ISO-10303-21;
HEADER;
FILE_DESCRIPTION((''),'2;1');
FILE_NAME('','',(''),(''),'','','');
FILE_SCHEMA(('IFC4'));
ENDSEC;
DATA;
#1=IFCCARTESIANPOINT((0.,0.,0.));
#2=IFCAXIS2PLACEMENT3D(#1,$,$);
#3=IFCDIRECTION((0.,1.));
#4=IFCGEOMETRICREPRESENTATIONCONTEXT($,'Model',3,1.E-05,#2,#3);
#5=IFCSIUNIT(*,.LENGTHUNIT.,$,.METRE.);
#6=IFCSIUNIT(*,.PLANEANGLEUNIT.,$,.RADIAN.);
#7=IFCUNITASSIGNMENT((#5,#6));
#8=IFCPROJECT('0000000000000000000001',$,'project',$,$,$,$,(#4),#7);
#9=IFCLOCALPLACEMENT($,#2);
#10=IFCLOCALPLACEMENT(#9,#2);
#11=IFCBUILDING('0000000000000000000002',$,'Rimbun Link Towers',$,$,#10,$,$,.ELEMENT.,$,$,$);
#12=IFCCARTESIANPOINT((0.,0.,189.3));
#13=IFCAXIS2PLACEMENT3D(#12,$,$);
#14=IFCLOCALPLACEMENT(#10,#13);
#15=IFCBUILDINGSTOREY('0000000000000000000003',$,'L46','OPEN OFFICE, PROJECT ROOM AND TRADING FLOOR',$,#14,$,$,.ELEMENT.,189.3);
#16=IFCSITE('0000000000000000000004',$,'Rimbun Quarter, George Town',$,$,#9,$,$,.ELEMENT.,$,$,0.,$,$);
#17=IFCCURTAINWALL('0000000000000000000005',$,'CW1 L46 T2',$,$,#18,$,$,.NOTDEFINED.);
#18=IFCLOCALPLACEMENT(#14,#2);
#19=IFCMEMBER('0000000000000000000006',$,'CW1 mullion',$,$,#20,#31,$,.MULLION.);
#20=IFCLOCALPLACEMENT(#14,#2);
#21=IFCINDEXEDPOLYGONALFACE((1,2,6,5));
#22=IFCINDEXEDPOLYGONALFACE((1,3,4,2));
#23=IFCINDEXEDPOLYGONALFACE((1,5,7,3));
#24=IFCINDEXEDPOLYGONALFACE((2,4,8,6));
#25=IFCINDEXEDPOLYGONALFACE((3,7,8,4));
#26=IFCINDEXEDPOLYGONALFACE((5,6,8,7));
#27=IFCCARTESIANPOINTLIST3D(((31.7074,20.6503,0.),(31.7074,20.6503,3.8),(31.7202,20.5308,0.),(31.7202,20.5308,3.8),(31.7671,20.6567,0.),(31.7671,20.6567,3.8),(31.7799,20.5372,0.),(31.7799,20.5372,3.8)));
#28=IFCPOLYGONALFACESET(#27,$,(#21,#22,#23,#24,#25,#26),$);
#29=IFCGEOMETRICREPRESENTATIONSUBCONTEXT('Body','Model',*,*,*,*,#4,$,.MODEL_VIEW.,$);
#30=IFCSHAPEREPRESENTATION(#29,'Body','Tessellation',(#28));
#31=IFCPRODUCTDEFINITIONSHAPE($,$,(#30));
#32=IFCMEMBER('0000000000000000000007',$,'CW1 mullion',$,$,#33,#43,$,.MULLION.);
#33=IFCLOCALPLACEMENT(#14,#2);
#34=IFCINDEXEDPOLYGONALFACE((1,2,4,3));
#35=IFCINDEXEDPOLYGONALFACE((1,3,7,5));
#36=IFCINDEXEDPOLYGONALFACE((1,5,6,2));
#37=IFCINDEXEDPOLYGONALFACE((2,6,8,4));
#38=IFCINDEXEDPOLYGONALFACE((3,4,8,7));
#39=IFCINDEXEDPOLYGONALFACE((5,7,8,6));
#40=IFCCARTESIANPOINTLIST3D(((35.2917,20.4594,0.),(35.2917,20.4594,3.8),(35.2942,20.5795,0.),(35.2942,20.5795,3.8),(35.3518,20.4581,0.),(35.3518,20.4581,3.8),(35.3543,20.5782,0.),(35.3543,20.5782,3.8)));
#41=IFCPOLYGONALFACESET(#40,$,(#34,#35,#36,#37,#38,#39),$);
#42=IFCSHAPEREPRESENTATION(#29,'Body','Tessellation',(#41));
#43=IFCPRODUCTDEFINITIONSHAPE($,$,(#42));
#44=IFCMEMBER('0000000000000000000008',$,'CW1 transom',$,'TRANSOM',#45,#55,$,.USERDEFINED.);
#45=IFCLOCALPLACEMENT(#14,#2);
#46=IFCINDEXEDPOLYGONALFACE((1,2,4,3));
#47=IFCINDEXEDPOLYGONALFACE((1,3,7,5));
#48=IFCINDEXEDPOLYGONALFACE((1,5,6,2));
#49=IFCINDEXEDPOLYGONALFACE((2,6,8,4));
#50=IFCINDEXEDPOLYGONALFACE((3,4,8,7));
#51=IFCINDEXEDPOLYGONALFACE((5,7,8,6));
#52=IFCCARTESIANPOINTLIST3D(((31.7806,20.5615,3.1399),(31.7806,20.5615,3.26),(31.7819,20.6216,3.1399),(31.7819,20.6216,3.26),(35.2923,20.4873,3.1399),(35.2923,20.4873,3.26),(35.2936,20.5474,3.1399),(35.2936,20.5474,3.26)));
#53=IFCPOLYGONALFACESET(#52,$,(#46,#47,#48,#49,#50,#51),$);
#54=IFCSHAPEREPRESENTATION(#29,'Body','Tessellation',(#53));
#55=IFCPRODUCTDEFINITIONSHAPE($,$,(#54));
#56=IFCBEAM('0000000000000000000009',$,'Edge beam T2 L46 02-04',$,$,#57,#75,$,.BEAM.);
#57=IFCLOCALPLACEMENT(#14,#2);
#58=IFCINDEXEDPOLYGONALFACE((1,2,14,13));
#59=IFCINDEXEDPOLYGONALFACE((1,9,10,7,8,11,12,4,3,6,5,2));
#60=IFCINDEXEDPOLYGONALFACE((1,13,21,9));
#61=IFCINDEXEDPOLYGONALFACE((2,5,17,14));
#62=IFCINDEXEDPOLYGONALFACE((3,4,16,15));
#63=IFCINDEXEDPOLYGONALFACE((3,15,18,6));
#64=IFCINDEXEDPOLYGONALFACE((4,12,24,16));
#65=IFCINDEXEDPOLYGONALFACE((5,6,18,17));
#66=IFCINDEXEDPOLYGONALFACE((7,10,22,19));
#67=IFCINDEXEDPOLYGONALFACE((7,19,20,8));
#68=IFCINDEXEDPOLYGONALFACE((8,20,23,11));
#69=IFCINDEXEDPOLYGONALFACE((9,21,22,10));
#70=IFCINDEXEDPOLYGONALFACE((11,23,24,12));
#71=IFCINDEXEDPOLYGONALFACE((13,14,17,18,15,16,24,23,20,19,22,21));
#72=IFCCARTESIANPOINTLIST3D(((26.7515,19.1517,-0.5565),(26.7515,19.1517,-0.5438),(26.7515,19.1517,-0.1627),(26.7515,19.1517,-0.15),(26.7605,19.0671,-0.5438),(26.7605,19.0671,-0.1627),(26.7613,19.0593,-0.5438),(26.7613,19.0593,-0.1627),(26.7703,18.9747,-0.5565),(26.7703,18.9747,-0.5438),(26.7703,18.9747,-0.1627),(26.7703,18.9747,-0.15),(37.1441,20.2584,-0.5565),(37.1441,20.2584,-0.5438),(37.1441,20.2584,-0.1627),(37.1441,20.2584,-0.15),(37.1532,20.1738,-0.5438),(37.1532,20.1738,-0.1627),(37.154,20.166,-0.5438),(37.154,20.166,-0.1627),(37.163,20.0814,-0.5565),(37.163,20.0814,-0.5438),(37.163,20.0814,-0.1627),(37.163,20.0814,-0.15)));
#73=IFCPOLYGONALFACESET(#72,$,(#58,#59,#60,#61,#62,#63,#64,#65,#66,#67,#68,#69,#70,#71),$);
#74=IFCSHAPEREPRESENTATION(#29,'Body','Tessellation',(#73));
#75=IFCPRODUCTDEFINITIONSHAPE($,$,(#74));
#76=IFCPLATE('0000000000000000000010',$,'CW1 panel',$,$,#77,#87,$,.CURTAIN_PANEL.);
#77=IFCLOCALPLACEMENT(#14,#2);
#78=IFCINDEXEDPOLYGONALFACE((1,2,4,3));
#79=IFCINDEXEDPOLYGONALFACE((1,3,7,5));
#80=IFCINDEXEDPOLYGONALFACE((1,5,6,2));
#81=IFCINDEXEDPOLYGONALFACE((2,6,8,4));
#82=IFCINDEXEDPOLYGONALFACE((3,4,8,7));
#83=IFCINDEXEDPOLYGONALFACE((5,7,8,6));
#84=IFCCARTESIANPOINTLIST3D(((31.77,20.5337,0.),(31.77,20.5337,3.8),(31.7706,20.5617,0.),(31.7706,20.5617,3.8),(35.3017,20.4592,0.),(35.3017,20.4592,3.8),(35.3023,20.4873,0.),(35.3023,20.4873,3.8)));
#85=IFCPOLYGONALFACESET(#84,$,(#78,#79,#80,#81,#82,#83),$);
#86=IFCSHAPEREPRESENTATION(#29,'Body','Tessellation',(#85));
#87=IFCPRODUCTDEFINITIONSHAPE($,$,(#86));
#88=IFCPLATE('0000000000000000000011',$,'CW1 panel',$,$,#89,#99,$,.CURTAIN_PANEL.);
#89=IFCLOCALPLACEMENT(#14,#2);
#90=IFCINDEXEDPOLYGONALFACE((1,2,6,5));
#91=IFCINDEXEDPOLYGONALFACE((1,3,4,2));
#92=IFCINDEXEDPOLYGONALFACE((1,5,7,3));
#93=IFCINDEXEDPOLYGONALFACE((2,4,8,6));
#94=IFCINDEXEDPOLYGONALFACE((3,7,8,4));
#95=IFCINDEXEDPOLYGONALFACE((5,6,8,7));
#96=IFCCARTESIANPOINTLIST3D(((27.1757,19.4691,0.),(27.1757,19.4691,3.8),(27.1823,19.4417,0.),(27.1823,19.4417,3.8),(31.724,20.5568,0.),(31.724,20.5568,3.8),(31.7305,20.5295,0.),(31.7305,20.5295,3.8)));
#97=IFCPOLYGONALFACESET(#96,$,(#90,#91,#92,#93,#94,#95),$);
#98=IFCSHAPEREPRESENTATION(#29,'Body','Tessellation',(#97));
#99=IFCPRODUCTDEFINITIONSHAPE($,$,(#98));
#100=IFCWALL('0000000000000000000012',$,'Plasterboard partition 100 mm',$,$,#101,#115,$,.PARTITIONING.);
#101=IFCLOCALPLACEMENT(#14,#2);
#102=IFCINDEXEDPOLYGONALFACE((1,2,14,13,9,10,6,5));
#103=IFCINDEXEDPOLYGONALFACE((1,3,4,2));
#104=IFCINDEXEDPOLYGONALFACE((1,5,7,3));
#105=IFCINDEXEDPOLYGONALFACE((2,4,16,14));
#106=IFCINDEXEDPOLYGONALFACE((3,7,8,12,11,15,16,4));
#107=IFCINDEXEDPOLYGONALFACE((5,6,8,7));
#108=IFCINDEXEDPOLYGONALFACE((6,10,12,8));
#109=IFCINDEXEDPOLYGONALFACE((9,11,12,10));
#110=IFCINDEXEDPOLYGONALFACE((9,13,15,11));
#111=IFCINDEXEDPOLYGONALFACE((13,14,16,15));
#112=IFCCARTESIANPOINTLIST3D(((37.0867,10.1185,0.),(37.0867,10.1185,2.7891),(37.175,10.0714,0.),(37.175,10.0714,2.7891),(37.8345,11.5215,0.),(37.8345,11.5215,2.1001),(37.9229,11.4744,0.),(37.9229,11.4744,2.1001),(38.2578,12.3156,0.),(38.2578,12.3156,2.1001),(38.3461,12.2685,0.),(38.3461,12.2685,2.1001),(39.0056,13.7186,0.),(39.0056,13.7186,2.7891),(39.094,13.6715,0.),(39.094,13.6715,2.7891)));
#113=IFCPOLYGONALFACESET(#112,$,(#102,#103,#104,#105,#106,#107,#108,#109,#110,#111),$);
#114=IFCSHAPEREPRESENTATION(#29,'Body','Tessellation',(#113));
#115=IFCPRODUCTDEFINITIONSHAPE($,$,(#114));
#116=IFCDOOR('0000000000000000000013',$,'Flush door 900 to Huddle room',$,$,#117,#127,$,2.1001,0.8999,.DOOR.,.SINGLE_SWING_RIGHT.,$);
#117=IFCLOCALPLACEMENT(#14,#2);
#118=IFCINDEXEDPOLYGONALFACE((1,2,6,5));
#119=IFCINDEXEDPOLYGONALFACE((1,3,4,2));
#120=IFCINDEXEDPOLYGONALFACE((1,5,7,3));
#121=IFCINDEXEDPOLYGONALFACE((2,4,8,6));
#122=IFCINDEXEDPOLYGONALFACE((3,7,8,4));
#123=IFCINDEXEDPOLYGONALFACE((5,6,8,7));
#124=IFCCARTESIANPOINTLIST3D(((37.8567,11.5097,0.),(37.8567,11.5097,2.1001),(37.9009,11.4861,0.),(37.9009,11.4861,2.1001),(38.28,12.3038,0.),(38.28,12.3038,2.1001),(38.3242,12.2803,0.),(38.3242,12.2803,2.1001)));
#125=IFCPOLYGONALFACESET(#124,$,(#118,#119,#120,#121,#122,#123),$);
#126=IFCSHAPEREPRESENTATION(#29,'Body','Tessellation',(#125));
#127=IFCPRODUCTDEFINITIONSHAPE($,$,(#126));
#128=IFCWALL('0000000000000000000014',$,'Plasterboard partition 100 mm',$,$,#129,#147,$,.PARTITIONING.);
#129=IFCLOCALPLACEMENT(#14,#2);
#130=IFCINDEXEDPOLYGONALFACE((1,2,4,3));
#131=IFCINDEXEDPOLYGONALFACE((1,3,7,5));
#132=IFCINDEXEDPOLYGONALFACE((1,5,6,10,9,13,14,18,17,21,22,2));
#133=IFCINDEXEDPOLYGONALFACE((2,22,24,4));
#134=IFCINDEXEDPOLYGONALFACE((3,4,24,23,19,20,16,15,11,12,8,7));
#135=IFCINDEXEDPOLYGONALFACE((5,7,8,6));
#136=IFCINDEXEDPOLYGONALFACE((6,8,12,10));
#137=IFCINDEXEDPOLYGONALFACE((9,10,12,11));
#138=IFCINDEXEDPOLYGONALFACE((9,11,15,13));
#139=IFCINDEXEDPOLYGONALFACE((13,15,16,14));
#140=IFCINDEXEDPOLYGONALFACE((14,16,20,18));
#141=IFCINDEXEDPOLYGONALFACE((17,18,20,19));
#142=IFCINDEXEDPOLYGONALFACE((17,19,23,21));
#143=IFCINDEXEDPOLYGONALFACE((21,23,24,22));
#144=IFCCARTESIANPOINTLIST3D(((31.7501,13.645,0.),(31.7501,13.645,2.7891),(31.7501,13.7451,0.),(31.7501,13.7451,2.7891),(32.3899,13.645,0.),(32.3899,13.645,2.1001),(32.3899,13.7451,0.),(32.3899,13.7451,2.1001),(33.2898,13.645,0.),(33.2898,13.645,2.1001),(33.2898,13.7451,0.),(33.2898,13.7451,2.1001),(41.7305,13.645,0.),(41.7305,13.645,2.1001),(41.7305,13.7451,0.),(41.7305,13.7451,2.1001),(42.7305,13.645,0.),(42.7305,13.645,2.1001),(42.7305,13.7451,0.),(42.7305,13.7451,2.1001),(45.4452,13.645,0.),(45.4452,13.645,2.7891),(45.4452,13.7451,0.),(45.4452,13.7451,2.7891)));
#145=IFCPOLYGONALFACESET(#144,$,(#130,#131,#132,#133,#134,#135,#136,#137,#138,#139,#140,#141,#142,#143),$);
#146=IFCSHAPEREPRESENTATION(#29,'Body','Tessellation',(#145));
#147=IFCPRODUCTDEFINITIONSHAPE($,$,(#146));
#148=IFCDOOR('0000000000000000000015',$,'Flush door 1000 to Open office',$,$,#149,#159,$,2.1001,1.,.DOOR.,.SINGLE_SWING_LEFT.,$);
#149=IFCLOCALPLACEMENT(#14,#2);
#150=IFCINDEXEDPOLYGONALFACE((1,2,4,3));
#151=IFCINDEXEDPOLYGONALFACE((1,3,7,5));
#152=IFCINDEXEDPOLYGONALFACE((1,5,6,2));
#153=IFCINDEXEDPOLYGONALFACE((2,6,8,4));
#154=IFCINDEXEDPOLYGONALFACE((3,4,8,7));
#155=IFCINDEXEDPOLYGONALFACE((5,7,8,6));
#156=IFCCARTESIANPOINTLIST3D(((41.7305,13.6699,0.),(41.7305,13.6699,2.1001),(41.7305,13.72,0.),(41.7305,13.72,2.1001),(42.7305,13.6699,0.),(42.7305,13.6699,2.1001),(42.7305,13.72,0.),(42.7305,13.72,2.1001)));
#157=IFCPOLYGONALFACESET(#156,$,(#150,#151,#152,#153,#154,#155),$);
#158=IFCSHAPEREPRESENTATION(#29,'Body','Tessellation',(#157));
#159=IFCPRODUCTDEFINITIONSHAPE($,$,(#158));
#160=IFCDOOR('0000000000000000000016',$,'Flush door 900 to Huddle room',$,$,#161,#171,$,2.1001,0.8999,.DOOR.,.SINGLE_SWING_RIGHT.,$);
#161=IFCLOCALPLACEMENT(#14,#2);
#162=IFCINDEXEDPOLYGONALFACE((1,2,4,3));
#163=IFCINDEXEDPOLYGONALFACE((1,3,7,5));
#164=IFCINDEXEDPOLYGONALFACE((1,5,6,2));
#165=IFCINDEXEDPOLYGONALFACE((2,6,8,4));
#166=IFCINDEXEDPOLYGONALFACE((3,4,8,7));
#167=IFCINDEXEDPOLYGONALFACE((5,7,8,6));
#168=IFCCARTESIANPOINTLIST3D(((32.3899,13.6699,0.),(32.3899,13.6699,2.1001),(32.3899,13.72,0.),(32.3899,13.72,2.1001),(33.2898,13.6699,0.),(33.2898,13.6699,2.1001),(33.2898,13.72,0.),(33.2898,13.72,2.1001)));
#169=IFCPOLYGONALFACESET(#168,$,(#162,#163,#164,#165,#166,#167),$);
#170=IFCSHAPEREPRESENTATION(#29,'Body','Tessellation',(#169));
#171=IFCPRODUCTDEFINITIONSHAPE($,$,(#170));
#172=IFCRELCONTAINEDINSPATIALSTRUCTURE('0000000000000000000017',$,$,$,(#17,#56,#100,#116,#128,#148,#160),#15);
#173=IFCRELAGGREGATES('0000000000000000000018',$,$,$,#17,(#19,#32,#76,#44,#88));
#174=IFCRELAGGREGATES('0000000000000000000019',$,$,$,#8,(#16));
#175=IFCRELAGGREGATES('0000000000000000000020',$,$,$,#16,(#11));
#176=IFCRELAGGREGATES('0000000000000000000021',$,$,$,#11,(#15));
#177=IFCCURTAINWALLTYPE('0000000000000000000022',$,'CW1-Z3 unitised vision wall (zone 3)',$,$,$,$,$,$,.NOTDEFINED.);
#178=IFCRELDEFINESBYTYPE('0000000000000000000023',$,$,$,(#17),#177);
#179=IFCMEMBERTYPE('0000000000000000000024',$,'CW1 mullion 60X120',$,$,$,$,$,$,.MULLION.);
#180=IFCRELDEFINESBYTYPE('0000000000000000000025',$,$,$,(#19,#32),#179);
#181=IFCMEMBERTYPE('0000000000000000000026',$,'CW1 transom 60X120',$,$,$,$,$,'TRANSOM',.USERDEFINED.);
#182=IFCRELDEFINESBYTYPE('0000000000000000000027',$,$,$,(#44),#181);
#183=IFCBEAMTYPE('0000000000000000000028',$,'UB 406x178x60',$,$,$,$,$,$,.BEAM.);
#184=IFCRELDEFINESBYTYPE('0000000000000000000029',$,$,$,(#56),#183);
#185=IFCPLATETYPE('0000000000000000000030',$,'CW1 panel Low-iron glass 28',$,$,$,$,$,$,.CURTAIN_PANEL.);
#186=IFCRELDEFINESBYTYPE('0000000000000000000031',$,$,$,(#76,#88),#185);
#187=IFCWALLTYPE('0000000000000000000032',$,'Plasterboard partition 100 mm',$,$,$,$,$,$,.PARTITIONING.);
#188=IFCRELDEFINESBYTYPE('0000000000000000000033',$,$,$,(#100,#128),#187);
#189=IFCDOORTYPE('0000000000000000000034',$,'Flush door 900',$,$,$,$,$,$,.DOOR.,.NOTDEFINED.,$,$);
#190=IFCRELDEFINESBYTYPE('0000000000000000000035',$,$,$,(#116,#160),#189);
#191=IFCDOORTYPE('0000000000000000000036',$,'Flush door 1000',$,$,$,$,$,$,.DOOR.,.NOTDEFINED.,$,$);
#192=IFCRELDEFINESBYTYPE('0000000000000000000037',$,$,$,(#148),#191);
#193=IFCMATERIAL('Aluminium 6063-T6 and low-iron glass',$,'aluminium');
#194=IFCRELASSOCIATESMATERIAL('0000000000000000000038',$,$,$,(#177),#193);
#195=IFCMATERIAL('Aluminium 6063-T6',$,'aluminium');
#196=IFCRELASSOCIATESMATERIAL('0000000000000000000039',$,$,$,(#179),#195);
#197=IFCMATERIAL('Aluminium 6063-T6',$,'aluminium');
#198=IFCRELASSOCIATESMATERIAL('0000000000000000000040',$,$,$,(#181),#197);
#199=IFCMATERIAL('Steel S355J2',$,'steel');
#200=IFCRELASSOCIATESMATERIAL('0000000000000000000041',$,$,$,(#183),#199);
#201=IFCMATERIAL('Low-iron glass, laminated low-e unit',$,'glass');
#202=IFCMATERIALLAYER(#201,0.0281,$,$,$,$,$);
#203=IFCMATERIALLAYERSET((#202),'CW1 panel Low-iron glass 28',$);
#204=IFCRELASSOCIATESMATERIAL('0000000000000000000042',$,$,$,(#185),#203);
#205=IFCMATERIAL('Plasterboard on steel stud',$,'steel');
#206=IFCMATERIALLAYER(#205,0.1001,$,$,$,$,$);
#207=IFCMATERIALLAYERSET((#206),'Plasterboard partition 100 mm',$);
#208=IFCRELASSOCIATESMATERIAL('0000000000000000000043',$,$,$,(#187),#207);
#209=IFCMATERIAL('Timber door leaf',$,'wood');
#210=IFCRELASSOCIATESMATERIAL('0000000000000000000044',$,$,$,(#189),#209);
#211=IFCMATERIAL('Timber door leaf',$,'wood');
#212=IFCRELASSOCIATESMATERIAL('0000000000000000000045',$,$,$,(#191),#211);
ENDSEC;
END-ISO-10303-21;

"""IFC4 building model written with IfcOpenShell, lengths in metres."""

from ifc_helpers import new_model, si_unit, direction, frame, frame_2d, origin, origin_2d, place, context, subcontext, project, spatial, rectangle, i_section, extrude, material, layer, layer_set, material_profile, profile_set, type_object, element, fill, aggregate, save


model = new_model("IFC4")

# Units and contexts
model_context = context("Model", 3, precision=1e-05, world=origin(), true_north=direction((0.0, 1.0)))
body_context = subcontext(model_context, "Body", "Model", "MODEL_VIEW")
ifc_project = project(units=[si_unit("LENGTHUNIT", "METRE"), si_unit("PLANEANGLEUNIT", "RADIAN")], contexts=[model_context])

# Site, building, storey
site_placement = place(None, origin())
site = spatial("IfcSite", under=ifc_project, at=site_placement, Name="Rimbun Quarter, George Town", CompositionType="ELEMENT", RefElevation=0.0)
building_placement = place(site_placement, origin())
building = spatial("IfcBuilding", under=site, at=building_placement, Name="Rimbun Link Towers", CompositionType="ELEMENT")
storey_placement = place(building_placement, frame((0.0, 0.0, 189.3)))
storey = spatial("IfcBuildingStorey", under=building, at=storey_placement, Name="L46", Description="OPEN OFFICE, PROJECT ROOM AND TRADING FLOOR", CompositionType="ELEMENT", Elevation=189.3)

# Curtain wall, members
ifc_material_1 = material(Name="Aluminium 6063-T6 and low-iron glass", Category="aluminium")
curtain_wall_type = type_object("IfcCurtainWallType", Name="CW1-Z3 unitised vision wall (zone 3)", PredefinedType="NOTDEFINED", material=ifc_material_1)
curtain_wall_placement = place(storey_placement, origin())
curtain_wall = element("IfcCurtainWall", 1, at=curtain_wall_placement, inside=storey, type_object=curtain_wall_type, Name="CW1 L46 T2", PredefinedType="NOTDEFINED")
ifc_material_2 = material(Name="Aluminium 6063-T6", Category="aluminium")
ifc_material_profile_1 = material_profile(ifc_material_2, rectangle(XDim=0.1201, YDim=0.0601, at=origin_2d()), Name="MULLION 60X120")
ifc_profile_set_1 = profile_set([ifc_material_profile_1], Name="Aluminium 6063-T6")
member_type_1 = type_object("IfcMemberType", Name="CW1 mullion 60X120", PredefinedType="MULLION", material=ifc_profile_set_1)
member_1_placement = place(storey_placement, frame((31.7437, 20.5938, 0.0), z_axis=(0.0, 0.0, 1.0), x_axis=(-0.106634, 0.994298, 0.0)))
member_1 = element("IfcMember", 2, at=member_1_placement, type_object=member_type_1, Name="CW1 mullion", PredefinedType="MULLION", context=body_context, shape_type="SweptSolid", body=[
    extrude(rectangle(XDim=0.1201, YDim=0.0601, at=origin_2d()), origin(), (0.0, 0.0, 1.0), 3.8),
])
member_2_placement = place(storey_placement, frame((35.323, 20.5188, 0.0), z_axis=(0.0, 0.0, 1.0), x_axis=(0.021069, 0.999778, 0.0)))
member_2 = element("IfcMember", 3, at=member_2_placement, type_object=member_type_1, Name="CW1 mullion", PredefinedType="MULLION", context=body_context, shape_type="SweptSolid", body=[
    extrude(rectangle(XDim=0.1201, YDim=0.0601, at=origin_2d()), origin(), (0.0, 0.0, 1.0), 3.8),
])
ifc_material_3 = material(Name="Aluminium 6063-T6", Category="aluminium")
ifc_material_profile_2 = material_profile(ifc_material_3, rectangle(XDim=0.0601, YDim=0.1201, at=origin_2d()), Name="TRANSOM 60X120")
ifc_profile_set_2 = profile_set([ifc_material_profile_2], Name="Aluminium 6063-T6")
member_type_2 = type_object("IfcMemberType", Name="CW1 transom 60X120", ElementType="TRANSOM", PredefinedType="USERDEFINED", material=ifc_profile_set_2)
member_3_placement = place(storey_placement, frame((31.7812, 20.5916, 3.2), z_axis=(0.999777, -0.02113, 0.0), x_axis=(0.02113, 0.999777, 0.0)))
member_3 = element("IfcMember", 4, at=member_3_placement, type_object=member_type_2, Name="CW1 transom", ObjectType="TRANSOM", PredefinedType="USERDEFINED", context=body_context, shape_type="SweptSolid", body=[
    extrude(rectangle(XDim=0.0601, YDim=0.1201, at=origin_2d()), origin(), (0.0, 0.0, 1.0), 3.5125),
])

# Beam
ifc_material_4 = material(Name="Steel S355J2", Category="steel")
ifc_material_profile_3 = material_profile(ifc_material_4, i_section(OverallWidth=0.178, OverallDepth=0.4065, WebThickness=0.0078, FlangeThickness=0.0127, at=origin_2d()), Name="UB 406x178x60")
ifc_profile_set_3 = profile_set([ifc_material_profile_3], Name="Steel S355J2")
beam_type = type_object("IfcBeamType", Name="UB 406x178x60", PredefinedType="BEAM", material=ifc_profile_set_3)
beam_placement = place(storey_placement, frame((37.1536, 20.1699, -0.3533), z_axis=(-0.994378, -0.10589, 0.0), x_axis=(0.10589, -0.994378, 0.0)))
element("IfcBeam", 5, at=beam_placement, inside=storey, type_object=beam_type, Name="Edge beam T2 L46 02-04", PredefinedType="BEAM", context=body_context, shape_type="SweptSolid", body=[
    extrude(i_section(OverallWidth=0.178, OverallDepth=0.4065, WebThickness=0.0078, FlangeThickness=0.0127, at=origin_2d()), origin(), (0.0, 0.0, 1.0), 10.4514),
])

# Plates
ifc_material_5 = material(Name="Low-iron glass, laminated low-e unit", Category="glass")
ifc_layer_1 = layer(ifc_material_5, 0.0281)
ifc_layer_set_1 = layer_set([ifc_layer_1], Name="CW1 panel Low-iron glass 28")
plate_type = type_object("IfcPlateType", Name="CW1 panel Low-iron glass 28", PredefinedType="CURTAIN_PANEL", material=ifc_layer_set_1)
plate_1_placement = place(storey_placement, frame((33.5361, 20.5105, 0.0), z_axis=(0.0, 0.0, 1.0), x_axis=(0.999778, -0.021069, 0.0)))
plate_1 = element("IfcPlate", 6, at=plate_1_placement, type_object=plate_type, Name="CW1 panel", PredefinedType="CURTAIN_PANEL", context=body_context, shape_type="SweptSolid", body=[
    extrude(rectangle(XDim=3.5325, YDim=0.0281, at=origin_2d()), origin(), (0.0, 0.0, 1.0), 3.8),
])
plate_2_placement = place(storey_placement, frame((29.4531, 19.9993, 0.0), z_axis=(0.0, 0.0, 1.0), x_axis=(0.972573, 0.232596, 0.0)))
plate_2 = element("IfcPlate", 7, at=plate_2_placement, type_object=plate_type, Name="CW1 panel", PredefinedType="CURTAIN_PANEL", context=body_context, shape_type="SweptSolid", body=[
    extrude(rectangle(XDim=4.6765, YDim=0.0281, at=origin_2d()), origin(), (0.0, 0.0, 1.0), 3.8),
])
aggregate(curtain_wall, [member_1, member_2, plate_1, member_3, plate_2])

# Wall, opening, door
ifc_material_6 = material(Name="Plasterboard on steel stud", Category="steel")
ifc_layer_2 = layer(ifc_material_6, 0.1001)
ifc_layer_set_2 = layer_set([ifc_layer_2], Name="Plasterboard partition 100 mm")
wall_type = type_object("IfcWallType", Name="Plasterboard partition 100 mm", PredefinedType="PARTITIONING", material=ifc_layer_set_2)
wall_1_placement = place(storey_placement, frame((37.1309, 10.095, 0.0), z_axis=(0.0, 0.0, 1.0), x_axis=(0.470377, 0.882466, 0.0)))
wall_1 = element("IfcWall", 8, at=wall_1_placement, inside=storey, type_object=wall_type, Name="Plasterboard partition 100 mm", PredefinedType="PARTITIONING", context=body_context, shape_type="SweptSolid", body=[
    extrude(rectangle(XDim=4.0796, YDim=0.1001, at=frame_2d((2.0398, 0.0))), origin(), (0.0, 0.0, 1.0), 2.7891),
])
opening_1_placement = place(wall_1_placement, frame((1.5898, 0.0, 0.0)))
opening_1 = element("IfcOpeningElement", 9, at=opening_1_placement, cuts=wall_1, PredefinedType="OPENING", context=body_context, shape_type="SweptSolid", body=[
    extrude(rectangle(XDim=0.8999, YDim=2.1001, at=frame_2d((0.45, 1.05))), frame((0.0, 0.0601, 0.0), z_axis=(0.0, -1.0, 0.0), x_axis=(1.0, 0.0, 0.0)), (0.0, 0.0, 1.0), 0.1201),
])
ifc_material_7 = material(Name="Timber door leaf", Category="wood")
door_type_1 = type_object("IfcDoorType", Name="Flush door 900", OperationType="NOTDEFINED", PredefinedType="DOOR", material=ifc_material_7)
door_1_placement = place(opening_1_placement, origin())
door_1 = element("IfcDoor", 10, at=door_1_placement, inside=storey, type_object=door_type_1, Name="Flush door 900 to Huddle room", OperationType="SINGLE_SWING_RIGHT", OverallHeight=2.1001, OverallWidth=0.8999, PredefinedType="DOOR", context=body_context, shape_type="SweptSolid", body=[
    extrude(rectangle(XDim=0.8999, YDim=2.1001, at=frame_2d((0.45, 1.05))), frame((0.0, 0.0249, 0.0), z_axis=(0.0, -1.0, 0.0), x_axis=(1.0, 0.0, 0.0)), (0.0, 0.0, 1.0), 0.05),
])
fill(opening_1, door_1)

# Wall, openings, doors
wall_2_placement = place(storey_placement, frame((31.75, 13.6951, 0.0), z_axis=(0.0, 0.0, 1.0), x_axis=(1.0, 0.0, 0.0)))
wall_2 = element("IfcWall", 11, at=wall_2_placement, inside=storey, type_object=wall_type, Name="Plasterboard partition 100 mm", PredefinedType="PARTITIONING", context=body_context, shape_type="SweptSolid", body=[
    extrude(rectangle(XDim=13.6951, YDim=0.1001, at=frame_2d((6.8477, 0.0))), origin(), (0.0, 0.0, 1.0), 2.7891),
])
opening_2_placement = place(wall_2_placement, frame((9.9805, 0.0, 0.0)))
opening_2 = element("IfcOpeningElement", 12, at=opening_2_placement, cuts=wall_2, PredefinedType="OPENING", context=body_context, shape_type="SweptSolid", body=[
    extrude(rectangle(XDim=1.0, YDim=2.1001, at=frame_2d((0.5, 1.05))), frame((0.0, 0.0601, 0.0), z_axis=(0.0, -1.0, 0.0), x_axis=(1.0, 0.0, 0.0)), (0.0, 0.0, 1.0), 0.1201),
])
opening_3_placement = place(wall_2_placement, frame((0.6399, 0.0, 0.0)))
opening_3 = element("IfcOpeningElement", 13, at=opening_3_placement, cuts=wall_2, PredefinedType="OPENING", context=body_context, shape_type="SweptSolid", body=[
    extrude(rectangle(XDim=0.8999, YDim=2.1001, at=frame_2d((0.45, 1.05))), frame((0.0, 0.0601, 0.0), z_axis=(0.0, -1.0, 0.0), x_axis=(1.0, 0.0, 0.0)), (0.0, 0.0, 1.0), 0.1201),
])
ifc_material_8 = material(Name="Timber door leaf", Category="wood")
door_type_2 = type_object("IfcDoorType", Name="Flush door 1000", OperationType="NOTDEFINED", PredefinedType="DOOR", material=ifc_material_8)
door_2_placement = place(opening_2_placement, origin())
door_2 = element("IfcDoor", 14, at=door_2_placement, inside=storey, type_object=door_type_2, Name="Flush door 1000 to Open office", OperationType="SINGLE_SWING_LEFT", OverallHeight=2.1001, OverallWidth=1.0, PredefinedType="DOOR", context=body_context, shape_type="SweptSolid", body=[
    extrude(rectangle(XDim=1.0, YDim=2.1001, at=frame_2d((0.5, 1.05))), frame((0.0, 0.0249, 0.0), z_axis=(0.0, -1.0, 0.0), x_axis=(1.0, 0.0, 0.0)), (0.0, 0.0, 1.0), 0.05),
])
fill(opening_2, door_2)
door_3_placement = place(opening_3_placement, origin())
door_3 = element("IfcDoor", 15, at=door_3_placement, inside=storey, type_object=door_type_1, Name="Flush door 900 to Huddle room", OperationType="SINGLE_SWING_RIGHT", OverallHeight=2.1001, OverallWidth=0.8999, PredefinedType="DOOR", context=body_context, shape_type="SweptSolid", body=[
    extrude(rectangle(XDim=0.8999, YDim=2.1001, at=frame_2d((0.45, 1.05))), frame((0.0, 0.0249, 0.0), z_axis=(0.0, -1.0, 0.0), x_axis=(1.0, 0.0, 0.0)), (0.0, 0.0, 1.0), 0.05),
])
fill(opening_3, door_3)

save(model, "model.ifc")
